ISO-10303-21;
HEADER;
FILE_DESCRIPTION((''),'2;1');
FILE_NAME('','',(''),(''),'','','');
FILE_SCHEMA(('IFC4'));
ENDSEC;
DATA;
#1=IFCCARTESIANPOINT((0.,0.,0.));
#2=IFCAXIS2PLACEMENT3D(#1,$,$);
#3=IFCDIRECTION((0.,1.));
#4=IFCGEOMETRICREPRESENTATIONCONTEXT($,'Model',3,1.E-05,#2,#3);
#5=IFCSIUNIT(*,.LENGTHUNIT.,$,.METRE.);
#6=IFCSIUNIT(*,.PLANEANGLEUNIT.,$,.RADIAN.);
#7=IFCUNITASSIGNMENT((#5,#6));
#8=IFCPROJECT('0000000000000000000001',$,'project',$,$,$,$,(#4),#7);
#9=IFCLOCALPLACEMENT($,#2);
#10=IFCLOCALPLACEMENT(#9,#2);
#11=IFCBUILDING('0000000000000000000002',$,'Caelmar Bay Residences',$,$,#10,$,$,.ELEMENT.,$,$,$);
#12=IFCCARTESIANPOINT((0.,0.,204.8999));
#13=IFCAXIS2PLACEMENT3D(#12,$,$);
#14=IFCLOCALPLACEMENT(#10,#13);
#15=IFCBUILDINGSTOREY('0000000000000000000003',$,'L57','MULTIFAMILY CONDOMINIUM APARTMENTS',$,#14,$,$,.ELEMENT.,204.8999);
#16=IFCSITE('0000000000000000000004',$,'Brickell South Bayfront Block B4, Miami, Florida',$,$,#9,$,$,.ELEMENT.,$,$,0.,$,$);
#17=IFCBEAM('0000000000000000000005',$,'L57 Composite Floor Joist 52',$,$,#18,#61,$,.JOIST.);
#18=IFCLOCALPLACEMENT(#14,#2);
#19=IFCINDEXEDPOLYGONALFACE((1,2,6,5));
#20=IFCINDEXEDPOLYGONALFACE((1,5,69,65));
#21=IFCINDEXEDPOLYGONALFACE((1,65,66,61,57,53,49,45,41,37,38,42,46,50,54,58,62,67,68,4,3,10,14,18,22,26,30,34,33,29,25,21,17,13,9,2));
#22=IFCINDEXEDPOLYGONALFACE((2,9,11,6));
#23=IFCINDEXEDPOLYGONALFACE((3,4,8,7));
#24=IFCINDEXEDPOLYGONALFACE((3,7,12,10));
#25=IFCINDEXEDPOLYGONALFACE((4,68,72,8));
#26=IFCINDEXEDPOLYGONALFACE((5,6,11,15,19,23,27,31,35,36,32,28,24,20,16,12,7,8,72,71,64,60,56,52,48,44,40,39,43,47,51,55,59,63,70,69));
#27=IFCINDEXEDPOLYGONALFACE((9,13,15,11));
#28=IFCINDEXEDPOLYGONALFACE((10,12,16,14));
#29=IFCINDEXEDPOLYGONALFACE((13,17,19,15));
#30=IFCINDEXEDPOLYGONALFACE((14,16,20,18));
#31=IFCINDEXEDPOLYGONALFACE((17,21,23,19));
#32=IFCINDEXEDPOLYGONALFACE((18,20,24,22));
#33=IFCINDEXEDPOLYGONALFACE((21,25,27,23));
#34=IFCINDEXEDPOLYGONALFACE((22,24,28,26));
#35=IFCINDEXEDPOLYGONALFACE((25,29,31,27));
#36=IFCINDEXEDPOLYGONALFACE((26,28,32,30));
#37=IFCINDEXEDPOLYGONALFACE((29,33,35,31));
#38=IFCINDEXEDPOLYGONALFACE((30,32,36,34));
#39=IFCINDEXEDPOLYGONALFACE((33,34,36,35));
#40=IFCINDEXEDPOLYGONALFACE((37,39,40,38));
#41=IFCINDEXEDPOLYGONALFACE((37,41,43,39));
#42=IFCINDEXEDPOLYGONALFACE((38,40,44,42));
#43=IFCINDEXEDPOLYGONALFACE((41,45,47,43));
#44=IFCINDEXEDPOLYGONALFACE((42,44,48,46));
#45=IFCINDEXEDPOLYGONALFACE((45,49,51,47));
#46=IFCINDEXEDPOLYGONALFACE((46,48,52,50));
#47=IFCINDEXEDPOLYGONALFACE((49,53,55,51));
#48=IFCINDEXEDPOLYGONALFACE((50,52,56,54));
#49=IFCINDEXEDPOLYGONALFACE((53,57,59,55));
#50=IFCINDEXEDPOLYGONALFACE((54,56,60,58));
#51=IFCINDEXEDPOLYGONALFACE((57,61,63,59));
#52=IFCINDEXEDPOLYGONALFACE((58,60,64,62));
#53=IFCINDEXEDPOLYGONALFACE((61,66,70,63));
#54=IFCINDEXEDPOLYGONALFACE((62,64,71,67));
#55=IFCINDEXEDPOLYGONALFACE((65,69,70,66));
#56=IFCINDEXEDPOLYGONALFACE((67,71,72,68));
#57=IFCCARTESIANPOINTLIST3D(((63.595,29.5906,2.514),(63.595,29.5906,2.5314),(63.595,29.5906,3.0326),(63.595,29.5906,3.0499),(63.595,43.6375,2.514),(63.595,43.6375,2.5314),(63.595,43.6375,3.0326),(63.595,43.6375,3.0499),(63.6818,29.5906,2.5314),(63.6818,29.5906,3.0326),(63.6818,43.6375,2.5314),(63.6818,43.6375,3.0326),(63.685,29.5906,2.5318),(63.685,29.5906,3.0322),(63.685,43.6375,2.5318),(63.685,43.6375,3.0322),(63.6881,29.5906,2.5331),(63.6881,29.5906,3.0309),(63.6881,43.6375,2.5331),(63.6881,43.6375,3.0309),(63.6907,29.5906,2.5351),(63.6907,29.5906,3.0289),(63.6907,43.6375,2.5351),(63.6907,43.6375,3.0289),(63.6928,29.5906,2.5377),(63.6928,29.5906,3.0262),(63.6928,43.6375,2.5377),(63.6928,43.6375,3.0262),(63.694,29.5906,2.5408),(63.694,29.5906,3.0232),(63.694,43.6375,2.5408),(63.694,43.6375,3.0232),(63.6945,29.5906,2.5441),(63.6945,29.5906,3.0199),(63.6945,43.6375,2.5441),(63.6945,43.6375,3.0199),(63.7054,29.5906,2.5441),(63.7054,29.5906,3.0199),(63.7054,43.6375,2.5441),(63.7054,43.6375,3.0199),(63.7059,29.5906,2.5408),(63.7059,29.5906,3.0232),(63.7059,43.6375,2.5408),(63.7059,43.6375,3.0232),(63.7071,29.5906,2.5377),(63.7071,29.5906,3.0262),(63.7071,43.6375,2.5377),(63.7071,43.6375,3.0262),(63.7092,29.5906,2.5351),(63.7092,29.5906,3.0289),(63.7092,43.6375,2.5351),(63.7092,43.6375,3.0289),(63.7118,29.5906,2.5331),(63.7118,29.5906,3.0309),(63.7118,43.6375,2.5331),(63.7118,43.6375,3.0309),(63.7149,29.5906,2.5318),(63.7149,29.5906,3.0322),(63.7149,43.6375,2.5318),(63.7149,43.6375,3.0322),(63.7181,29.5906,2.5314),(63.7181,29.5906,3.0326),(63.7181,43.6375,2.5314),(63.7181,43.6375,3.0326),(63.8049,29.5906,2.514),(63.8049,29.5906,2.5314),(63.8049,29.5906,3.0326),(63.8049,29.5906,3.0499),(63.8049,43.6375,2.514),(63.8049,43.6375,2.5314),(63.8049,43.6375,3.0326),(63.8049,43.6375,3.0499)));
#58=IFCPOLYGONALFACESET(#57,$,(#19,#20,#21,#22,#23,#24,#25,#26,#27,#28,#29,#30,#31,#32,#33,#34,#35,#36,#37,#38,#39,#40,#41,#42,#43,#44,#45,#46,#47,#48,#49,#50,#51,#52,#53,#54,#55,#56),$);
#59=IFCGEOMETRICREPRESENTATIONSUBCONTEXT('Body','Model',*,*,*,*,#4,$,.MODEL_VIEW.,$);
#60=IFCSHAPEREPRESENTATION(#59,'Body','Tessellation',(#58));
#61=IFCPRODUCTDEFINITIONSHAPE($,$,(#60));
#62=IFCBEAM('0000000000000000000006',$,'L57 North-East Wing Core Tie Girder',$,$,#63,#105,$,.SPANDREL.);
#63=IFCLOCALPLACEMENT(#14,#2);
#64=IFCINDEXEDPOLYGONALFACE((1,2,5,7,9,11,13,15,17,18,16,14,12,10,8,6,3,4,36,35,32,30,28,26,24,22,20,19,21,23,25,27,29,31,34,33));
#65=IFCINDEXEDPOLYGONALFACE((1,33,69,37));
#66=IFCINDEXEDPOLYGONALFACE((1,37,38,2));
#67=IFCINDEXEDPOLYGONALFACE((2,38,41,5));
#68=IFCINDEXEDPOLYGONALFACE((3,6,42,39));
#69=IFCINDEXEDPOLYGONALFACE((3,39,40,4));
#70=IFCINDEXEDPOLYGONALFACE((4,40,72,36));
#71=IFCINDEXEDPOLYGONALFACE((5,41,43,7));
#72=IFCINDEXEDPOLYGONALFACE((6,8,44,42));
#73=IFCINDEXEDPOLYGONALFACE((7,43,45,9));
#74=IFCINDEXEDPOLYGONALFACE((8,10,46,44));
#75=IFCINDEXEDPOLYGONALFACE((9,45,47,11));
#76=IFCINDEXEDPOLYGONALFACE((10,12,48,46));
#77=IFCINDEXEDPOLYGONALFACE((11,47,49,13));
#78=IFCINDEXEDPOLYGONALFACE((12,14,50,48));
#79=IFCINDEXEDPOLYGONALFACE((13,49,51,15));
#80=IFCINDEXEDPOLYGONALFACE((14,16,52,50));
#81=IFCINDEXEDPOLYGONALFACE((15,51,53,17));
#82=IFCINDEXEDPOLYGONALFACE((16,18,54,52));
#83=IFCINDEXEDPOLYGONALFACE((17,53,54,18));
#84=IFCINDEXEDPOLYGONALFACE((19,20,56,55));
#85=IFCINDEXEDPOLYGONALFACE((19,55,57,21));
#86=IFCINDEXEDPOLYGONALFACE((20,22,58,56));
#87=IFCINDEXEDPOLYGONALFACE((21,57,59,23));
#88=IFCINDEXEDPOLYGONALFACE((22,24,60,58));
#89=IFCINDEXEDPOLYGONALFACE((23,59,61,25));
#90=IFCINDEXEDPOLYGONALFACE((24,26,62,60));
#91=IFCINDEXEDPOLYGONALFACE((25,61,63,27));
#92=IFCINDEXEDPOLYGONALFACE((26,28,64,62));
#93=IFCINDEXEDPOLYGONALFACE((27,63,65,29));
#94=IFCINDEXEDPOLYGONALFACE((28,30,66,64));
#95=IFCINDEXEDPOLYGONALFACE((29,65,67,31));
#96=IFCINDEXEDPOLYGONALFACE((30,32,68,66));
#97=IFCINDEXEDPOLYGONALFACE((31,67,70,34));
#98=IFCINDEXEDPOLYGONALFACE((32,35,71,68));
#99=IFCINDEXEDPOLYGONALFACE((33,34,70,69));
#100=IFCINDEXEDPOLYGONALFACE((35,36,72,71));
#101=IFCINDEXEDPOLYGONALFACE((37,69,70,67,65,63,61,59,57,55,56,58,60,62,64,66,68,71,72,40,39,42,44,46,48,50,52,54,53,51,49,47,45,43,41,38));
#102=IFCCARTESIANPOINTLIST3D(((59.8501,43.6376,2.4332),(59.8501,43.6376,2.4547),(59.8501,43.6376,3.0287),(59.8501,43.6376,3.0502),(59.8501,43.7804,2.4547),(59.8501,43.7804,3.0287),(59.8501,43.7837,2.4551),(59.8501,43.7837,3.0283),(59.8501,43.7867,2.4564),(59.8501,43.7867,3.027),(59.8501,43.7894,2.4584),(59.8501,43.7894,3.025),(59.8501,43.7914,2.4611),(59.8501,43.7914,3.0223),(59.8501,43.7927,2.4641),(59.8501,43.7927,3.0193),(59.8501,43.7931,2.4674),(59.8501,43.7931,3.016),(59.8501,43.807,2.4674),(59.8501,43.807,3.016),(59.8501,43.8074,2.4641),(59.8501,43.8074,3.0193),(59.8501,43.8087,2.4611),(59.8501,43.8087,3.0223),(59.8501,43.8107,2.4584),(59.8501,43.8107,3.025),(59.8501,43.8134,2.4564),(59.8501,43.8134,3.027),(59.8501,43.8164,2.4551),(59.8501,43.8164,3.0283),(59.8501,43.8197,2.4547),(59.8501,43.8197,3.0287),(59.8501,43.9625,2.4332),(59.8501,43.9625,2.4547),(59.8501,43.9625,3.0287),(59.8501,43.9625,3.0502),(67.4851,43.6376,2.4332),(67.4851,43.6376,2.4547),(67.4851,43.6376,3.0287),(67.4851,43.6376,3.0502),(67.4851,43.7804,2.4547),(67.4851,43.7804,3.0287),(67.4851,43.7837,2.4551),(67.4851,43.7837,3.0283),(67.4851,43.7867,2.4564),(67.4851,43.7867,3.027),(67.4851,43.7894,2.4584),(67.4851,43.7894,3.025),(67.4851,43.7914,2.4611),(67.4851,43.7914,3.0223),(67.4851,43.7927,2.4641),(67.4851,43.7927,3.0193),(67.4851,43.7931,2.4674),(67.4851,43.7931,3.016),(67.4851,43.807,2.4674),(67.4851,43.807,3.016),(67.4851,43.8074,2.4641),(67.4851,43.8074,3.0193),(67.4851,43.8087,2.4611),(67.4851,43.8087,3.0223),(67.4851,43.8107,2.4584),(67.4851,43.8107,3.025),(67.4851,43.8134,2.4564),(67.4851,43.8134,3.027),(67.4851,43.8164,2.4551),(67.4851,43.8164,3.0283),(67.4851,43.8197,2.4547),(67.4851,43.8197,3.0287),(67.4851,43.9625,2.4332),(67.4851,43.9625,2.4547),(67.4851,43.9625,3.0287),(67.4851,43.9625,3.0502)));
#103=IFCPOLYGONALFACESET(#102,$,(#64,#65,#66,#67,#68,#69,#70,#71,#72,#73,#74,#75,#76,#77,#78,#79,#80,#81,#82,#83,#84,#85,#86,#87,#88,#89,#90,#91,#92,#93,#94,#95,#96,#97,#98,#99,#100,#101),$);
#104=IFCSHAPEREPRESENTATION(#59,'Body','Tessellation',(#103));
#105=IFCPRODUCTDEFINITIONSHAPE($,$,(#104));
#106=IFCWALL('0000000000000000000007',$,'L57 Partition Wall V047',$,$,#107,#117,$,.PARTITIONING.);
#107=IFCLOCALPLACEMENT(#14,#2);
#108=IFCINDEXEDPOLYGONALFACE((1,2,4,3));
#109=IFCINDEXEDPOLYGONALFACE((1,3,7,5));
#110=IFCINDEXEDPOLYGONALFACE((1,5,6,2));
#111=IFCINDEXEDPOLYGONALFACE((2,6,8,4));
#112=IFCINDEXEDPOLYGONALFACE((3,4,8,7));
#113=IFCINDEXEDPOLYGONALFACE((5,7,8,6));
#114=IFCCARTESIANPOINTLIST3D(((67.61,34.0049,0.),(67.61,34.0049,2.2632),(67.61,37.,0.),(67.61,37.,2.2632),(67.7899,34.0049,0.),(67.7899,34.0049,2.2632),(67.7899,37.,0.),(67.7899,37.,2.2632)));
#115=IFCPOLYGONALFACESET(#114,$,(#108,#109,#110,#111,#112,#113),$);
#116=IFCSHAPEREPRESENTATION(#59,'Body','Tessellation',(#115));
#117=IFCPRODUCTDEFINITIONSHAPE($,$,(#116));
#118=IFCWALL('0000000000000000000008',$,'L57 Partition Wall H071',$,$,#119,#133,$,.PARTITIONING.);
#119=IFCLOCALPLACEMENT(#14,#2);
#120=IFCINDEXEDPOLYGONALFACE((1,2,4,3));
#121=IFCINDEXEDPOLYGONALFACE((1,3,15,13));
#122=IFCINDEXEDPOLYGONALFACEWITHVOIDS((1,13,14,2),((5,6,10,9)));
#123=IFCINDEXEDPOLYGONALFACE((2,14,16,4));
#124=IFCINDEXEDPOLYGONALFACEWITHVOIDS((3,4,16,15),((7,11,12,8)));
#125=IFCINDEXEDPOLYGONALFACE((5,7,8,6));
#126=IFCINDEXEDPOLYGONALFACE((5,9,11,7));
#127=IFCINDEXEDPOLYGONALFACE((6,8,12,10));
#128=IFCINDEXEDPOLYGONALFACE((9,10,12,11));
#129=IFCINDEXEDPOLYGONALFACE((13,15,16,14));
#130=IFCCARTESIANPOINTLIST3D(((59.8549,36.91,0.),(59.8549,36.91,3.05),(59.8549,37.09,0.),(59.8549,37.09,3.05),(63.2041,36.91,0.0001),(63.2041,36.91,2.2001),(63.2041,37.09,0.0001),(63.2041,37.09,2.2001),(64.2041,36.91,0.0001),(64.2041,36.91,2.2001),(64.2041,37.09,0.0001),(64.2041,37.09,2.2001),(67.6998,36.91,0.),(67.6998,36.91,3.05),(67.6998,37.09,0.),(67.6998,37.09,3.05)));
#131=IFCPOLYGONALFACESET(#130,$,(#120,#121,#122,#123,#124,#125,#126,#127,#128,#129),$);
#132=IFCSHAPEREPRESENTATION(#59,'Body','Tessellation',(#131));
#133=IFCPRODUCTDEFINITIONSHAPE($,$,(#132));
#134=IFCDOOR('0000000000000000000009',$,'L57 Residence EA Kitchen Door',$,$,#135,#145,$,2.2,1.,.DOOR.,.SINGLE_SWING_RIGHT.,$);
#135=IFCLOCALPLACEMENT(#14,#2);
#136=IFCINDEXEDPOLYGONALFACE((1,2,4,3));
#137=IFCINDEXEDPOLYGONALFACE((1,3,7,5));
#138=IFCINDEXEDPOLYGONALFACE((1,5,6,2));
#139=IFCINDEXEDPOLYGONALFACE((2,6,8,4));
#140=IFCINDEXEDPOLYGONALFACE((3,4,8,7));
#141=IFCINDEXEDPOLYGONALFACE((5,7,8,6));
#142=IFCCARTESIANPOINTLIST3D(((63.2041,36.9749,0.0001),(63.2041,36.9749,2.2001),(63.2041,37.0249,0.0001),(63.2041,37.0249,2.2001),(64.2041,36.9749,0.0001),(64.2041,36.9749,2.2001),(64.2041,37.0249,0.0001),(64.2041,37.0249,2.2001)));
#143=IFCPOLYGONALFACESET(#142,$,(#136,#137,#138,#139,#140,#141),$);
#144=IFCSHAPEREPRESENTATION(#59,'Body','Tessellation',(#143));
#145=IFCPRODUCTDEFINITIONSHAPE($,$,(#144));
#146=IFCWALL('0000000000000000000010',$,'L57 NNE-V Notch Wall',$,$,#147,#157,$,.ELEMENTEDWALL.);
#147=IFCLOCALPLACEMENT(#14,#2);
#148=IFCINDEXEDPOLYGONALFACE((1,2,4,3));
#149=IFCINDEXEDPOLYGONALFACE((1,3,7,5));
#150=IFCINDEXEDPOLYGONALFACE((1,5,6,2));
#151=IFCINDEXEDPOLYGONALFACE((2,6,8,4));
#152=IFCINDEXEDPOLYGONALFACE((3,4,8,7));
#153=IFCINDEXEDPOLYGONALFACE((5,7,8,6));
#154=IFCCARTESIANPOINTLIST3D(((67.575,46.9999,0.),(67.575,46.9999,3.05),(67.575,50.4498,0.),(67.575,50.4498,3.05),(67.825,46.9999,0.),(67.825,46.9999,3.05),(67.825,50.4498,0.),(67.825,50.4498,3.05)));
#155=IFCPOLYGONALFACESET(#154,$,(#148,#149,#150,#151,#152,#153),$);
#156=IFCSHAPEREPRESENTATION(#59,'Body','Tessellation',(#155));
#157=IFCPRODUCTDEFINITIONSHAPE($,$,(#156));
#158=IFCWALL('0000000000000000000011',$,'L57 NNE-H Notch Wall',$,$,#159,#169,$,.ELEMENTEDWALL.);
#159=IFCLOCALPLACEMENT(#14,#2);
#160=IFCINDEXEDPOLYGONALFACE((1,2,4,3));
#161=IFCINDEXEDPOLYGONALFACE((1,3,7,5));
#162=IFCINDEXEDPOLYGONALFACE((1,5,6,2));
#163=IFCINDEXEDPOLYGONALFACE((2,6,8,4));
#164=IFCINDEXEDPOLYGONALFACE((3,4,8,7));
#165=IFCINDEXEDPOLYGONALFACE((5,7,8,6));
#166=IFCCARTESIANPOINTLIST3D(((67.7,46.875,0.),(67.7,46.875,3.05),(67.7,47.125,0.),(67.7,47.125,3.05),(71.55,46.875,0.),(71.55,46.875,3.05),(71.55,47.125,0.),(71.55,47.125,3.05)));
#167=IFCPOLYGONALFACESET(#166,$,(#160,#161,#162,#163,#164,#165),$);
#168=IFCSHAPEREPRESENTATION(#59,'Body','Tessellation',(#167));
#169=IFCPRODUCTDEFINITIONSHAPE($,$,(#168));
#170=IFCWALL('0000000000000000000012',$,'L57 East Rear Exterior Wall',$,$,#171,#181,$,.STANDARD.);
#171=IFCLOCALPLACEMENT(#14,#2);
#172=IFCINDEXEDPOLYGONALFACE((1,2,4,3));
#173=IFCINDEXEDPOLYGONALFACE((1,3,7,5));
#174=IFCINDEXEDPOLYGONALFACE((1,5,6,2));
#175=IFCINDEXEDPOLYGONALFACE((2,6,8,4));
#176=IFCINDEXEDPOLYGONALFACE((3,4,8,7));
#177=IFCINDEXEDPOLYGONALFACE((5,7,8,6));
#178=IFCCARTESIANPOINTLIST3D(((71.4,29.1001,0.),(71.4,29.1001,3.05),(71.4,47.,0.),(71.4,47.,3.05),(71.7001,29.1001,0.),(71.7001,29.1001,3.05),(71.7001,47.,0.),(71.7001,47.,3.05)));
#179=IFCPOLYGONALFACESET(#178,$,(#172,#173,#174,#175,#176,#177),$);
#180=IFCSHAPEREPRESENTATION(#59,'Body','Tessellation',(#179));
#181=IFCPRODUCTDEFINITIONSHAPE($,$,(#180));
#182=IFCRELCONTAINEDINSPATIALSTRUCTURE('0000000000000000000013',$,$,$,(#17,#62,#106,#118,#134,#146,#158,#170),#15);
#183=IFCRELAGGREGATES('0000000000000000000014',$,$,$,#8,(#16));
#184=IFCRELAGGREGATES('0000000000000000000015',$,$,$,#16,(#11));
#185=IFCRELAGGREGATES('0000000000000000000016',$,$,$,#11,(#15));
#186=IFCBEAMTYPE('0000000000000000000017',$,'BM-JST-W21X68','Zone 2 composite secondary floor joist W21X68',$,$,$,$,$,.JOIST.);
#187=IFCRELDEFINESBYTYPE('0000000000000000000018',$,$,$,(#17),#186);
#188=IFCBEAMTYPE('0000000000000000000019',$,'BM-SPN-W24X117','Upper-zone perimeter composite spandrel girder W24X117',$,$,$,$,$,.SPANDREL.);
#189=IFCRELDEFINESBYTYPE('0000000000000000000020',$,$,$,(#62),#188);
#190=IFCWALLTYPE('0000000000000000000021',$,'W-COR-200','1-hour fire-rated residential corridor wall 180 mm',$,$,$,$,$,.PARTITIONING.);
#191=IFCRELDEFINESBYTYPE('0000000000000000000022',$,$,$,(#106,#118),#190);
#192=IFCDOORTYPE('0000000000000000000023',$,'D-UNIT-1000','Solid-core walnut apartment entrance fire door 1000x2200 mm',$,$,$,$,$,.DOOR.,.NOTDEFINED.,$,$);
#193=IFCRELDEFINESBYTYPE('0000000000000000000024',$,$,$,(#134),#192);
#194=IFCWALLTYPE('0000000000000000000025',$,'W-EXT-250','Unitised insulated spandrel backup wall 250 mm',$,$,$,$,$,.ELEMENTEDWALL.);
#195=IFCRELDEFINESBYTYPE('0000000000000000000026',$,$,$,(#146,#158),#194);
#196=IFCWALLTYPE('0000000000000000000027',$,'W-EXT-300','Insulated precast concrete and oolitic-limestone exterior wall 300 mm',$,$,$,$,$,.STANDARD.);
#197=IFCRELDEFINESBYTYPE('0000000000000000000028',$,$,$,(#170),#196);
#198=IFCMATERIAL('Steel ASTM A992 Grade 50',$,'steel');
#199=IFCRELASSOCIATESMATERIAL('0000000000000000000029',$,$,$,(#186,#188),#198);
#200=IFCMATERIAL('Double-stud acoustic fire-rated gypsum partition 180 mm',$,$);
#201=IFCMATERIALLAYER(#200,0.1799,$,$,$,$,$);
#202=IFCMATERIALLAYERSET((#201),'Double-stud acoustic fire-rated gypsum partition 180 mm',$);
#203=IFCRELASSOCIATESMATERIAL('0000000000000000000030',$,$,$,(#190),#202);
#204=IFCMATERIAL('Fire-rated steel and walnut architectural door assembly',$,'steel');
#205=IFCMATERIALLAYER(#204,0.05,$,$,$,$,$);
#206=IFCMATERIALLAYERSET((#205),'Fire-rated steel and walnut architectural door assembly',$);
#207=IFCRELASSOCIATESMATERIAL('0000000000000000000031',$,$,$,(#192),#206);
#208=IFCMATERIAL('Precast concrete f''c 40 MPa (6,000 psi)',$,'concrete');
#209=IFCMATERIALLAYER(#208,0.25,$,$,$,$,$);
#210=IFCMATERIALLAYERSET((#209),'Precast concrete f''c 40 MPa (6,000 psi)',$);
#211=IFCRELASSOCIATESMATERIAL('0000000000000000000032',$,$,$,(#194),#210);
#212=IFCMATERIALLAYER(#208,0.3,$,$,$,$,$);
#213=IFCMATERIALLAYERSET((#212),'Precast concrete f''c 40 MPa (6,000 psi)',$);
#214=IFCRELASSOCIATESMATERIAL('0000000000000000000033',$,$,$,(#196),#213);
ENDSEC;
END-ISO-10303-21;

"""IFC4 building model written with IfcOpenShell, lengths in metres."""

from ifc_helpers import new_model, si_unit, direction, frame, frame_2d, origin, origin_2d, place, context, subcontext, project, spatial, rectangle, i_section, extrude, material, layer, layer_set, material_profile, profile_set, type_object, element, fill, save


model = new_model("IFC4")

# Units and contexts
model_context = context("Model", 3, precision=1e-05, world=origin(), true_north=direction((0.0, 1.0)))
body_context = subcontext(model_context, "Body", "Model", "MODEL_VIEW")
ifc_project = project(units=[si_unit("LENGTHUNIT", "METRE"), si_unit("PLANEANGLEUNIT", "RADIAN")], contexts=[model_context])

# Site, building, storey
site_placement = place(None, origin())
site = spatial("IfcSite", under=ifc_project, at=site_placement, Name="Brickell South Bayfront Block B4, Miami, Florida", CompositionType="ELEMENT", RefElevation=0.0)
building_placement = place(site_placement, origin())
building = spatial("IfcBuilding", under=site, at=building_placement, Name="Caelmar Bay Residences", CompositionType="ELEMENT")
storey_placement = place(building_placement, frame((0.0, 0.0, 204.8999)))
storey = spatial("IfcBuildingStorey", under=building, at=storey_placement, Name="L57", Description="MULTIFAMILY CONDOMINIUM APARTMENTS", CompositionType="ELEMENT", Elevation=204.8999)

# Beams
ifc_material_1 = material(Name="Steel ASTM A992 Grade 50", Category="steel")
ifc_material_profile_1 = material_profile(ifc_material_1, i_section(OverallWidth=0.21, OverallDepth=0.5359, WebThickness=0.011, FlangeThickness=0.0173, FilletRadius=0.0127, at=origin_2d()), Name="W21X68")
ifc_profile_set_1 = profile_set([ifc_material_profile_1], Name="Steel ASTM A992 Grade 50")
beam_type_1 = type_object("IfcBeamType", Name="BM-JST-W21X68", Description="Zone 2 composite secondary floor joist W21X68", PredefinedType="JOIST", material=ifc_profile_set_1)
beam_1_placement = place(storey_placement, frame((63.7, 29.5906, 2.782), z_axis=(0.0, 1.0, 0.0), x_axis=(-1.0, 0.0, 0.0)))
element("IfcBeam", 1, at=beam_1_placement, inside=storey, type_object=beam_type_1, Name="L57 Composite Floor Joist 52", PredefinedType="JOIST", context=body_context, shape_type="SweptSolid", body=[
    extrude(i_section(OverallWidth=0.21, OverallDepth=0.5359, WebThickness=0.011, FlangeThickness=0.0173, FilletRadius=0.0127, at=origin_2d()), origin(), (0.0, 0.0, 1.0), 14.0469),
])
ifc_material_profile_2 = material_profile(ifc_material_1, i_section(OverallWidth=0.325, OverallDepth=0.6169, WebThickness=0.0139, FlangeThickness=0.0215, FilletRadius=0.0127, at=origin_2d()), Name="W24X117")
ifc_profile_set_2 = profile_set([ifc_material_profile_2], Name="Steel ASTM A992 Grade 50")
beam_type_2 = type_object("IfcBeamType", Name="BM-SPN-W24X117", Description="Upper-zone perimeter composite spandrel girder W24X117", PredefinedType="SPANDREL", material=ifc_profile_set_2)
beam_2_placement = place(storey_placement, frame((59.8501, 43.8, 2.7417), z_axis=(1.0, 0.0, 0.0), x_axis=(0.0, 1.0, 0.0)))
element("IfcBeam", 2, at=beam_2_placement, inside=storey, type_object=beam_type_2, Name="L57 North-East Wing Core Tie Girder", PredefinedType="SPANDREL", context=body_context, shape_type="SweptSolid", body=[
    extrude(i_section(OverallWidth=0.325, OverallDepth=0.6169, WebThickness=0.0139, FlangeThickness=0.0215, FilletRadius=0.0127, at=origin_2d()), origin(), (0.0, 0.0, 1.0), 7.635),
])

# Wall
ifc_material_2 = material(Name="Double-stud acoustic fire-rated gypsum partition 180 mm")
ifc_layer_1 = layer(ifc_material_2, 0.1799)
ifc_layer_set_1 = layer_set([ifc_layer_1], Name="Double-stud acoustic fire-rated gypsum partition 180 mm")
wall_type_1 = type_object("IfcWallType", Name="W-COR-200", Description="1-hour fire-rated residential corridor wall 180 mm", PredefinedType="PARTITIONING", material=ifc_layer_set_1)
wall_1_placement = place(storey_placement, frame((67.7, 34.0049, 0.0), z_axis=(0.0, 0.0, 1.0), x_axis=(0.0, 1.0, 0.0)))
element("IfcWall", 3, at=wall_1_placement, inside=storey, type_object=wall_type_1, Name="L57 Partition Wall V047", PredefinedType="PARTITIONING", context=body_context, shape_type="SweptSolid", body=[
    extrude(rectangle(XDim=2.9951, YDim=0.1799, at=frame_2d((1.4976, 0.0))), origin(), (0.0, 0.0, 1.0), 2.2632),
])

# Wall, opening, door
wall_2_placement = place(storey_placement, frame((59.855, 37.0, 0.0), z_axis=(0.0, 0.0, 1.0), x_axis=(1.0, 0.0, 0.0)))
wall_2 = element("IfcWall", 4, at=wall_2_placement, inside=storey, type_object=wall_type_1, Name="L57 Partition Wall H071", PredefinedType="PARTITIONING", context=body_context, shape_type="SweptSolid", body=[
    extrude(rectangle(XDim=7.845, YDim=0.1799, at=frame_2d((3.9224, 0.0))), origin(), (0.0, 0.0, 1.0), 3.05),
])
opening_1_placement = place(wall_2_placement, frame((3.3491, 0.0, 0.0)))
opening_1 = element("IfcOpeningElement", 5, at=opening_1_placement, cuts=wall_2, PredefinedType="OPENING", context=body_context, shape_type="SweptSolid", body=[
    extrude(rectangle(XDim=1.0, YDim=2.2, at=frame_2d((0.5, 1.1001))), frame((0.0, 0.0999, 0.0), z_axis=(0.0, -1.0, 0.0), x_axis=(1.0, 0.0, 0.0)), (0.0, 0.0, 1.0), 0.2),
])
ifc_material_3 = material(Name="Fire-rated steel and walnut architectural door assembly", Category="steel")
ifc_layer_2 = layer(ifc_material_3, 0.05)
ifc_layer_set_2 = layer_set([ifc_layer_2], Name="Fire-rated steel and walnut architectural door assembly")
door_type_1 = type_object("IfcDoorType", Name="D-UNIT-1000", Description="Solid-core walnut apartment entrance fire door 1000x2200 mm", OperationType="NOTDEFINED", PredefinedType="DOOR", material=ifc_layer_set_2)
door_1_placement = place(opening_1_placement, origin())
door_1 = element("IfcDoor", 6, at=door_1_placement, inside=storey, type_object=door_type_1, Name="L57 Residence EA Kitchen Door", OperationType="SINGLE_SWING_RIGHT", OverallHeight=2.2, OverallWidth=1.0, PredefinedType="DOOR", context=body_context, shape_type="SweptSolid", body=[
    extrude(rectangle(XDim=1.0, YDim=2.2, at=frame_2d((0.5, 1.1001))), frame((0.0, 0.0249, 0.0), z_axis=(0.0, -1.0, 0.0), x_axis=(1.0, 0.0, 0.0)), (0.0, 0.0, 1.0), 0.05),
])
fill(opening_1, door_1)

# Walls
ifc_material_4 = material(Name="Precast concrete f'c 40 MPa (6,000 psi)", Category="concrete")
ifc_layer_3 = layer(ifc_material_4, 0.25)
ifc_layer_set_3 = layer_set([ifc_layer_3], Name="Precast concrete f'c 40 MPa (6,000 psi)")
wall_type_2 = type_object("IfcWallType", Name="W-EXT-250", Description="Unitised insulated spandrel backup wall 250 mm", PredefinedType="ELEMENTEDWALL", material=ifc_layer_set_3)
wall_3_placement = place(storey_placement, frame((67.7, 50.45, 0.0), z_axis=(0.0, 0.0, 1.0), x_axis=(0.0, -1.0, 0.0)))
element("IfcWall", 7, at=wall_3_placement, inside=storey, type_object=wall_type_2, Name="L57 NNE-V Notch Wall", PredefinedType="ELEMENTEDWALL", context=body_context, shape_type="SweptSolid", body=[
    extrude(rectangle(XDim=3.45, YDim=0.25, at=frame_2d((1.7251, 0.0))), origin(), (0.0, 0.0, 1.0), 3.05),
])
wall_4_placement = place(storey_placement, frame((67.7, 47.0, 0.0), z_axis=(0.0, 0.0, 1.0), x_axis=(1.0, 0.0, 0.0)))
element("IfcWall", 8, at=wall_4_placement, inside=storey, type_object=wall_type_2, Name="L57 NNE-H Notch Wall", PredefinedType="ELEMENTEDWALL", context=body_context, shape_type="SweptSolid", body=[
    extrude(rectangle(XDim=3.8501, YDim=0.25, at=frame_2d((1.925, 0.0))), origin(), (0.0, 0.0, 1.0), 3.05),
])
ifc_layer_4 = layer(ifc_material_4, 0.3)
ifc_layer_set_4 = layer_set([ifc_layer_4], Name="Precast concrete f'c 40 MPa (6,000 psi)")
wall_type_3 = type_object("IfcWallType", Name="W-EXT-300", Description="Insulated precast concrete and oolitic-limestone exterior wall 300 mm", PredefinedType="STANDARD", material=ifc_layer_set_4)
wall_5_placement = place(storey_placement, frame((71.55, 47.0, 0.0), z_axis=(0.0, 0.0, 1.0), x_axis=(0.0, -1.0, 0.0)))
element("IfcWall", 9, at=wall_5_placement, inside=storey, type_object=wall_type_3, Name="L57 East Rear Exterior Wall", PredefinedType="STANDARD", context=body_context, shape_type="SweptSolid", body=[
    extrude(rectangle(XDim=17.8999, YDim=0.3, at=frame_2d((8.95, 0.0))), origin(), (0.0, 0.0, 1.0), 3.05),
])

save(model, "model.ifc")
